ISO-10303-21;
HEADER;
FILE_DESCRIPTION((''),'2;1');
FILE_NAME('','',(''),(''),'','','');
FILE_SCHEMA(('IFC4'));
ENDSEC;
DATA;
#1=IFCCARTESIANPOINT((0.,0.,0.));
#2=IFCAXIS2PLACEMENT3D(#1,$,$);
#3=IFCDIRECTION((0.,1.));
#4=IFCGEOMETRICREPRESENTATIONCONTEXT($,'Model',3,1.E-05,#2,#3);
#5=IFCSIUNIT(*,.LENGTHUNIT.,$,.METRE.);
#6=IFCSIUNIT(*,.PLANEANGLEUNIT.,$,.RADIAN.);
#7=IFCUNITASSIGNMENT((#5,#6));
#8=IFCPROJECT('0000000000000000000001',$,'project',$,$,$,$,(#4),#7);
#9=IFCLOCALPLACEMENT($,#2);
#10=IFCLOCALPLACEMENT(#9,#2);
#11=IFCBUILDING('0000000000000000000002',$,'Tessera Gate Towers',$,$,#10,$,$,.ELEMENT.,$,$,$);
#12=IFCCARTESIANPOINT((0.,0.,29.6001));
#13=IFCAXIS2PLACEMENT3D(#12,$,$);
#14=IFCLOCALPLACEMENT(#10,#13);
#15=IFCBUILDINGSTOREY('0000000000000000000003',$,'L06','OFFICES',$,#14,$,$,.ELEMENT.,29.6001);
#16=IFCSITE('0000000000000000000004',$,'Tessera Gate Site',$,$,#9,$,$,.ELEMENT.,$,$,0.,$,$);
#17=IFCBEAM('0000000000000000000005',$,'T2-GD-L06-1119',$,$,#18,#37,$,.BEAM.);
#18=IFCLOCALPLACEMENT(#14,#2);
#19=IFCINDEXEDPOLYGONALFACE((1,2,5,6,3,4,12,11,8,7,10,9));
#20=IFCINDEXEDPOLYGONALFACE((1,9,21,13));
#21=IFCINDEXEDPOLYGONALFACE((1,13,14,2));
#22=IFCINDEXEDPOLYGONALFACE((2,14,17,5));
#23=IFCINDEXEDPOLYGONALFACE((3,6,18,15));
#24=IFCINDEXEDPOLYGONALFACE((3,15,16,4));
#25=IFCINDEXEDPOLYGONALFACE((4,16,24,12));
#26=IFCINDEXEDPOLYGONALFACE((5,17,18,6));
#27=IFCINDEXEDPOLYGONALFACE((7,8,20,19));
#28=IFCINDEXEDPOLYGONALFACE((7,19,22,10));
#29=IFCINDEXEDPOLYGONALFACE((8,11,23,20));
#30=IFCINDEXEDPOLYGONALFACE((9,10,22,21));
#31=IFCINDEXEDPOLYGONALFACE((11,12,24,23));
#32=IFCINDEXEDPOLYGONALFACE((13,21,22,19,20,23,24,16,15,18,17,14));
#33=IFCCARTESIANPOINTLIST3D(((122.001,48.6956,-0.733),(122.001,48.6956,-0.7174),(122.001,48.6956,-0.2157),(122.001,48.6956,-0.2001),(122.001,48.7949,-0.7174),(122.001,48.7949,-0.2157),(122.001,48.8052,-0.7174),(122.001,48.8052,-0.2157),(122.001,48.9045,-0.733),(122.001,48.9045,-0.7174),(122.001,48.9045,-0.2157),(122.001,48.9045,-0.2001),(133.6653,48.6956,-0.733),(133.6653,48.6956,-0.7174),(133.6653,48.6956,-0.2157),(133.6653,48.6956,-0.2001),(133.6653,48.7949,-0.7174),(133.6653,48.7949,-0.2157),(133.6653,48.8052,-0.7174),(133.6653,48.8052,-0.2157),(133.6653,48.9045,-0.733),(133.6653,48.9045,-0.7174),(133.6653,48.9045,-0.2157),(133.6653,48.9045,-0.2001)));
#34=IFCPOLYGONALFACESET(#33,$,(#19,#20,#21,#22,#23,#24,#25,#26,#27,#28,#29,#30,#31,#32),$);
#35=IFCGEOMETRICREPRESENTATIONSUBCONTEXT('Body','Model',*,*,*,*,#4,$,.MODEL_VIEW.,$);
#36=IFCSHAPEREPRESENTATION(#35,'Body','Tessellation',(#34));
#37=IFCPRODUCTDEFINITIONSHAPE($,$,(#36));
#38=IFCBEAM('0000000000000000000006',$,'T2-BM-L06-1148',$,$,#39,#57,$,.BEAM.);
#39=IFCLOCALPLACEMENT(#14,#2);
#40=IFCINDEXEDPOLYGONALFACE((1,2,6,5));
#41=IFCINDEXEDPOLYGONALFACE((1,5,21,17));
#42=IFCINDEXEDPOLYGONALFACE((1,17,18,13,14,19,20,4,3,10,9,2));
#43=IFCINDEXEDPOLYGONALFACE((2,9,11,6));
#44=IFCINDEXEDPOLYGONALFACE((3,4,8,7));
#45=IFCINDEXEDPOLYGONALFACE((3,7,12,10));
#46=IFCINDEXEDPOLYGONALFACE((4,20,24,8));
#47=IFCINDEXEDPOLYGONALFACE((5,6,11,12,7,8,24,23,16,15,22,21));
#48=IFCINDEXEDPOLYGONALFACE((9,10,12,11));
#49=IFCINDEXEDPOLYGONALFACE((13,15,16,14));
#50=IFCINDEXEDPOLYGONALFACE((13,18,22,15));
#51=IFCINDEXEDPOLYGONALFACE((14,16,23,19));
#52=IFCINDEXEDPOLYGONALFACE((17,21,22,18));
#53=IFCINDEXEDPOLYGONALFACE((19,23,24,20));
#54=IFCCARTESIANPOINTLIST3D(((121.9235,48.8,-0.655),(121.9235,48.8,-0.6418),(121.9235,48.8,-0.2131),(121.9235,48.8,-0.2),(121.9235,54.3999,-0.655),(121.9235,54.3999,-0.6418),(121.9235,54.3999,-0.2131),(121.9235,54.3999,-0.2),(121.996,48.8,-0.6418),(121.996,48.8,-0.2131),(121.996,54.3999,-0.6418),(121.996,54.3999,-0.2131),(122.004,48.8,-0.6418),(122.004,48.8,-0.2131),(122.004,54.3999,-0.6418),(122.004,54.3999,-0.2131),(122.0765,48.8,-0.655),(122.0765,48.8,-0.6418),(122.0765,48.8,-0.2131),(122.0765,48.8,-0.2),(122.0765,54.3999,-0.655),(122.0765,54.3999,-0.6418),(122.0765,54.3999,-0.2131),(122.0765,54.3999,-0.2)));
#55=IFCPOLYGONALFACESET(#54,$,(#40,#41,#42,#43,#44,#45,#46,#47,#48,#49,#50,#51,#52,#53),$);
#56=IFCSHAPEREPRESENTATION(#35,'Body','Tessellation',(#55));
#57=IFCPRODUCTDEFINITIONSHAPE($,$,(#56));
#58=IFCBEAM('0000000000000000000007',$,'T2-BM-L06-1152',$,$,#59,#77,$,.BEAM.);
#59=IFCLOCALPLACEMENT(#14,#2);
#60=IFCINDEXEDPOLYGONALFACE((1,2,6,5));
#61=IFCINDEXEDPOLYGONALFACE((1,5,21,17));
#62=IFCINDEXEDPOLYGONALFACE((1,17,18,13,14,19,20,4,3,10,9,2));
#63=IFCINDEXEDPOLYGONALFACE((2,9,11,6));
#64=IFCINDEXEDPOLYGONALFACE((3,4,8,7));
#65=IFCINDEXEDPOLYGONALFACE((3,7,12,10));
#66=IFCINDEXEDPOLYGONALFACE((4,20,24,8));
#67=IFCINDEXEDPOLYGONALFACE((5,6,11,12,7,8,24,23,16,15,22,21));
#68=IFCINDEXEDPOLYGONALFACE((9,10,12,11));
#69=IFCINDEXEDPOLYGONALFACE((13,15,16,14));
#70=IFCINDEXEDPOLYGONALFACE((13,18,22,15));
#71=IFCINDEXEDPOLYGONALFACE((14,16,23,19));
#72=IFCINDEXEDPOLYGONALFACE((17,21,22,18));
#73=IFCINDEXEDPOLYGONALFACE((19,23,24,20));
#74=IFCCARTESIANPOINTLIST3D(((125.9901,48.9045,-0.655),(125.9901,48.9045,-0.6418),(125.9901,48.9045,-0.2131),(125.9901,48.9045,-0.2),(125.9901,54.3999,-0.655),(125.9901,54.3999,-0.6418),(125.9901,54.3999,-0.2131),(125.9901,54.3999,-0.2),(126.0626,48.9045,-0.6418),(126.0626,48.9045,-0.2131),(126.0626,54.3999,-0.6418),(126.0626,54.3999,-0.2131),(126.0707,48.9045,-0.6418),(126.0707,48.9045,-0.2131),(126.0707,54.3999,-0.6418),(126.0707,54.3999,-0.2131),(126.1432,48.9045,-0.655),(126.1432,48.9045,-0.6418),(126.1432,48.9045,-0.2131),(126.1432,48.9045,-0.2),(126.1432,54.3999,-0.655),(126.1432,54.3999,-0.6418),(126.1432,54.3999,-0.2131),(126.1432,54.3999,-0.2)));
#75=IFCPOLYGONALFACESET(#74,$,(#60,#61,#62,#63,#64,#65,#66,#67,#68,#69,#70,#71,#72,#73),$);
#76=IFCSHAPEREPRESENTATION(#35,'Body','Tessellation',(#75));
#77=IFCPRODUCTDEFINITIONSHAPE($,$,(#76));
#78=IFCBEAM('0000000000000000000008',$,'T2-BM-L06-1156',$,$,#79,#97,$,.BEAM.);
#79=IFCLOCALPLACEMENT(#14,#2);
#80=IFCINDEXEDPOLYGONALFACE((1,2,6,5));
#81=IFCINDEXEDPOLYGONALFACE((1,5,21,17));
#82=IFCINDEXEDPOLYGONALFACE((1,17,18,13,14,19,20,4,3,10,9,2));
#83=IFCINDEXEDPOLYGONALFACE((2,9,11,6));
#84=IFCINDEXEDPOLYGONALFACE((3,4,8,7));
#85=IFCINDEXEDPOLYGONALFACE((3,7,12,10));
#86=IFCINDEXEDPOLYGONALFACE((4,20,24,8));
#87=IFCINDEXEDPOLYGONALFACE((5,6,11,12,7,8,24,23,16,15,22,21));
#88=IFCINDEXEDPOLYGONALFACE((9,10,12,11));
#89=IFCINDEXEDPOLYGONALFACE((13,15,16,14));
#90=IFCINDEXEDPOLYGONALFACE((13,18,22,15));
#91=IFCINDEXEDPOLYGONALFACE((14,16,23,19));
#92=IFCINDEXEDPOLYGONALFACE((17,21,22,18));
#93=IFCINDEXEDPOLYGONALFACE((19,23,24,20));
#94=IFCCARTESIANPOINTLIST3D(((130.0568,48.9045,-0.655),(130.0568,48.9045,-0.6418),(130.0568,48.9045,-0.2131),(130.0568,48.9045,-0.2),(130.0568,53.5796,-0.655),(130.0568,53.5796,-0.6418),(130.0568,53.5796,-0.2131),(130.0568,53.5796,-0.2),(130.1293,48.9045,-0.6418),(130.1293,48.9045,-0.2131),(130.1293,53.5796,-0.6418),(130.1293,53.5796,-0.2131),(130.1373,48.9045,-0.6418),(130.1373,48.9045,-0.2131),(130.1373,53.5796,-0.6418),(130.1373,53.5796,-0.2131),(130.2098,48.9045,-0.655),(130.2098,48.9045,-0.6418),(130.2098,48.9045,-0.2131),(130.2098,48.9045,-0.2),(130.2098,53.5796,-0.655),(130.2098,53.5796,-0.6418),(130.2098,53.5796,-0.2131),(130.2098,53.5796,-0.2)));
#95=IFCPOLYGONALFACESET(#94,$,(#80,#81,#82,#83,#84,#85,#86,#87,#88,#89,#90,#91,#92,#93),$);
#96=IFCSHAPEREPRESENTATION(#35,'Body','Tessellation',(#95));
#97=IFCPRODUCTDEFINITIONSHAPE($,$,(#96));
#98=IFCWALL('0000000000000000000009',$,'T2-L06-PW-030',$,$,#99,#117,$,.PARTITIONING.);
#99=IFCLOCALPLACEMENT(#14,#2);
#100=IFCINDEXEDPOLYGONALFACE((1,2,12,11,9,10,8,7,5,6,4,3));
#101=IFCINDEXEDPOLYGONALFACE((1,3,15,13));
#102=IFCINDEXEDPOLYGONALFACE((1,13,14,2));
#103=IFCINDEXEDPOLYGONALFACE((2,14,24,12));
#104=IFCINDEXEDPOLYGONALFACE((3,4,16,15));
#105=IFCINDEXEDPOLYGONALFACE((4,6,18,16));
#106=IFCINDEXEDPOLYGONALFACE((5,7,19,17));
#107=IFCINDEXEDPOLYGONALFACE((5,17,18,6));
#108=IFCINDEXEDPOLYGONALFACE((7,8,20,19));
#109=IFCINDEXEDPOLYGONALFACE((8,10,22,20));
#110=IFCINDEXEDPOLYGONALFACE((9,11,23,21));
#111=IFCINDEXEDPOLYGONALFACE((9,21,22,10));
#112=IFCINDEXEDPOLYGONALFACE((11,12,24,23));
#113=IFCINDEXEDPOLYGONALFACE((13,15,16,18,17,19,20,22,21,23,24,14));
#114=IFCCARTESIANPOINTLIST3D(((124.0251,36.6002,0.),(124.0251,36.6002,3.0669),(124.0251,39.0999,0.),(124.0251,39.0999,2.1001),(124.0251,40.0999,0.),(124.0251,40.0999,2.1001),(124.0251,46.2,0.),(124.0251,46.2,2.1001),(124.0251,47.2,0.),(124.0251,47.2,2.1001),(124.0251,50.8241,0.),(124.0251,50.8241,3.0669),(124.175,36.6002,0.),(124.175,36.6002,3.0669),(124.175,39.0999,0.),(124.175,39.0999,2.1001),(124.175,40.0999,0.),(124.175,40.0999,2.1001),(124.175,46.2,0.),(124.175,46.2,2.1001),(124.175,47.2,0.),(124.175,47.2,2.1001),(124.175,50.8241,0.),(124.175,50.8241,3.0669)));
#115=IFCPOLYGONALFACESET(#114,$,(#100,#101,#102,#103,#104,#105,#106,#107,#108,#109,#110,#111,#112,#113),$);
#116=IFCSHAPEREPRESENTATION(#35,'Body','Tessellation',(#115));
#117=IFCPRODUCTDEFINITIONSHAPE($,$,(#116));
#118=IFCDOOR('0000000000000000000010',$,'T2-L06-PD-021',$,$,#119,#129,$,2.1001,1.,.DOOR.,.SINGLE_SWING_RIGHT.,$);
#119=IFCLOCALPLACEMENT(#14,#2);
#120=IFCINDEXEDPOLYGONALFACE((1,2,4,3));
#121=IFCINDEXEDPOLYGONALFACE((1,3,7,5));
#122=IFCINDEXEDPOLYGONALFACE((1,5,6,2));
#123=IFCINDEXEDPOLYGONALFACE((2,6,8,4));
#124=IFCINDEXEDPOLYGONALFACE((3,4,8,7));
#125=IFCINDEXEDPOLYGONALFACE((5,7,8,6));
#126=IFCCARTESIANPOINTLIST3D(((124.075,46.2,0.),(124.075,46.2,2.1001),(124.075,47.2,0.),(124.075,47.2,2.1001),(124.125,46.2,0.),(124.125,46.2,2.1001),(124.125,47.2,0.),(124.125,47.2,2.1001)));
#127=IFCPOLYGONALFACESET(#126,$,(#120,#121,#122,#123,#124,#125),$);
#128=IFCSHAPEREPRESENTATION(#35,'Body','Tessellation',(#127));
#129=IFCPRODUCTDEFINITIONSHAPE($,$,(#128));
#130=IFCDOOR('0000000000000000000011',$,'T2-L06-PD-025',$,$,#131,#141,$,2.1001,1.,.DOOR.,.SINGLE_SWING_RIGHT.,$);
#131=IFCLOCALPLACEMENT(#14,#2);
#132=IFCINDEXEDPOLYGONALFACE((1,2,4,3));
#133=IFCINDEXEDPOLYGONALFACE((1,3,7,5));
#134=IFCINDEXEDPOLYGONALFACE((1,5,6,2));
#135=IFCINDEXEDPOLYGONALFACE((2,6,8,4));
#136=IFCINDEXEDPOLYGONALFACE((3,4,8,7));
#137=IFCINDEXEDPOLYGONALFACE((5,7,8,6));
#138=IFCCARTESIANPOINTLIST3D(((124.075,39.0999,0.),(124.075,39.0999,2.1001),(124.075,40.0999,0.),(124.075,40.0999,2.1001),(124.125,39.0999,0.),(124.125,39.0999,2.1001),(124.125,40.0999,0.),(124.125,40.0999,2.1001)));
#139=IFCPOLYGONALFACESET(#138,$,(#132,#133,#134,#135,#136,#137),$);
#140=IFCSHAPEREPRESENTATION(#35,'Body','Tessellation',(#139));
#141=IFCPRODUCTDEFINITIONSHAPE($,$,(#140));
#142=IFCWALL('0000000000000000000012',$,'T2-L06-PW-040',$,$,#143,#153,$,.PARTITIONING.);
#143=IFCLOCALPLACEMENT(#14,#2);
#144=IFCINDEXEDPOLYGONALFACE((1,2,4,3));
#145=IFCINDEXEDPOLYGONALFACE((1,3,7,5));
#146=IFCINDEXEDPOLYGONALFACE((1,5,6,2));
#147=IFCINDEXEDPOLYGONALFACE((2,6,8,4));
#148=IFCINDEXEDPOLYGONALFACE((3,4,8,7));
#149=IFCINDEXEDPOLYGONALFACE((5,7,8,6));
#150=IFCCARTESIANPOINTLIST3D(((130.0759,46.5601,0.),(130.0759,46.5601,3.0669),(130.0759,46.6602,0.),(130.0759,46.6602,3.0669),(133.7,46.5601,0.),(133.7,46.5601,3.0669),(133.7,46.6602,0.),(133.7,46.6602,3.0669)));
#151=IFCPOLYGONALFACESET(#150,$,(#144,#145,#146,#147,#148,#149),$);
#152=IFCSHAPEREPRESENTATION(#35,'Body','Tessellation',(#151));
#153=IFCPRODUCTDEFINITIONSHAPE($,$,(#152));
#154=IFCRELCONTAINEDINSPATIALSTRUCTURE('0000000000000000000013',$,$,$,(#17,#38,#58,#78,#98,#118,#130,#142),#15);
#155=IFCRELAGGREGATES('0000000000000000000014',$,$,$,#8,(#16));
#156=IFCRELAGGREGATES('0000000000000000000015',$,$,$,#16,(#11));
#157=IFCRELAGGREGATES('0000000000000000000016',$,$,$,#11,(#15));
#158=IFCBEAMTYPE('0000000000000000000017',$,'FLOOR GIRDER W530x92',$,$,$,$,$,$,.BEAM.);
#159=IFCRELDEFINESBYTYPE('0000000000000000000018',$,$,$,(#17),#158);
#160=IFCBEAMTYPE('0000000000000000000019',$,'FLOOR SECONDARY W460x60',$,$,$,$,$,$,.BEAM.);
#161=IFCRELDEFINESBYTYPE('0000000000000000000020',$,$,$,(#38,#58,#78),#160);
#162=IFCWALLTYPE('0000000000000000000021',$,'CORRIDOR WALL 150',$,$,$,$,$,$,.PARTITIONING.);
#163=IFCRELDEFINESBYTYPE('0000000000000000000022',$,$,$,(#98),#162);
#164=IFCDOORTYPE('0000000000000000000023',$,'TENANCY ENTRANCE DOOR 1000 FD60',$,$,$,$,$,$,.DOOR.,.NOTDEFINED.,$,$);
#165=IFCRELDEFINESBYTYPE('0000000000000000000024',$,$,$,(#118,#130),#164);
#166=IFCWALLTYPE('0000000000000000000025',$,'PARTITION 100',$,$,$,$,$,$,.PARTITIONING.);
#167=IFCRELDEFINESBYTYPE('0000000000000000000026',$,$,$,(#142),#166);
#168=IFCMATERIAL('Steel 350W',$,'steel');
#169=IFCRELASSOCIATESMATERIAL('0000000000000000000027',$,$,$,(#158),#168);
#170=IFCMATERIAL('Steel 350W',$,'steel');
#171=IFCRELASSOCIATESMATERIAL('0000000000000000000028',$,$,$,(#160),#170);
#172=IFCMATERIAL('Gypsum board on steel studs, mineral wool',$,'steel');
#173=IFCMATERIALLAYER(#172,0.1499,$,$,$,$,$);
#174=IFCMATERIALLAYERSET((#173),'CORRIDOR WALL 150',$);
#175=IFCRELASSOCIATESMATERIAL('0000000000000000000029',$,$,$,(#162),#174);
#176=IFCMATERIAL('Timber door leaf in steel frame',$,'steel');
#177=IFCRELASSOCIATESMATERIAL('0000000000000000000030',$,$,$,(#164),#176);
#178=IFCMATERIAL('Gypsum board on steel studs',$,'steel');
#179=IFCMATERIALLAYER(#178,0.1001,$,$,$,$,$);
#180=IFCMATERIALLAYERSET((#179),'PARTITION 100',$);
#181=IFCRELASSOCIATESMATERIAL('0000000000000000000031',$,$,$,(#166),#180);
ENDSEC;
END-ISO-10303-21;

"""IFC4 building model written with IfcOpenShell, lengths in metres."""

from ifc_helpers import new_model, si_unit, direction, frame, frame_2d, origin, origin_2d, place, context, subcontext, project, spatial, rectangle, i_section, extrude, source, transform, mapped, material, layer, layer_set, material_profile, profile_set, type_object, element, fill, save


model = new_model("IFC4")

# Units and contexts
model_context = context("Model", 3, precision=1e-05, world=origin(), true_north=direction((0.0, 1.0)))
body_context = subcontext(model_context, "Body", "Model", "MODEL_VIEW")
ifc_project = project(units=[si_unit("LENGTHUNIT", "METRE"), si_unit("PLANEANGLEUNIT", "RADIAN")], contexts=[model_context])

# Site, building, storey
site_placement = place(None, origin())
site = spatial("IfcSite", under=ifc_project, at=site_placement, Name="Tessera Gate Site", CompositionType="ELEMENT", RefElevation=0.0)
building_placement = place(site_placement, origin())
building = spatial("IfcBuilding", under=site, at=building_placement, Name="Tessera Gate Towers", CompositionType="ELEMENT")
storey_placement = place(building_placement, frame((0.0, 0.0, 29.6001)))
storey = spatial("IfcBuildingStorey", under=building, at=storey_placement, Name="L06", Description="OFFICES", CompositionType="ELEMENT", Elevation=29.6001)

# Beams
ifc_material_1 = material(Name="Steel 350W", Category="steel")
ifc_material_profile_1 = material_profile(ifc_material_1, i_section(OverallWidth=0.209, OverallDepth=0.533, WebThickness=0.0103, FlangeThickness=0.0156, at=origin_2d()), Name="W530x92")
ifc_profile_set_1 = profile_set([ifc_material_profile_1], Name="Steel 350W")
beam_type_1 = type_object("IfcBeamType", Name="FLOOR GIRDER W530x92", PredefinedType="BEAM", material=ifc_profile_set_1)
beam_1_placement = place(storey_placement, frame((122.001, 48.8, -0.4666), z_axis=(1.0, 0.0, 0.0), x_axis=(0.0, 1.0, 0.0)))
element("IfcBeam", 1, at=beam_1_placement, inside=storey, type_object=beam_type_1, Name="T2-GD-L06-1119", PredefinedType="BEAM", context=body_context, shape_type="SweptSolid", body=[
    extrude(i_section(OverallWidth=0.209, OverallDepth=0.533, WebThickness=0.0103, FlangeThickness=0.0156, at=origin_2d()), origin(), (0.0, 0.0, 1.0), 11.6643),
])
ifc_material_2 = material(Name="Steel 350W", Category="steel")
ifc_material_profile_2 = material_profile(ifc_material_2, i_section(OverallWidth=0.1531, OverallDepth=0.4551, WebThickness=0.0081, FlangeThickness=0.0132, at=origin_2d()), Name="W460x60")
ifc_profile_set_2 = profile_set([ifc_material_profile_2], Name="Steel 350W")
beam_type_2 = type_object("IfcBeamType", Name="FLOOR SECONDARY W460x60", PredefinedType="BEAM", material=ifc_profile_set_2)
beam_2_placement = place(storey_placement, frame((122.0, 48.8, -0.4275), z_axis=(0.0, 1.0, 0.0), x_axis=(-1.0, 0.0, 0.0)))
element("IfcBeam", 2, at=beam_2_placement, inside=storey, type_object=beam_type_2, Name="T2-BM-L06-1148", PredefinedType="BEAM", context=body_context, shape_type="SweptSolid", body=[
    extrude(i_section(OverallWidth=0.1531, OverallDepth=0.4551, WebThickness=0.0081, FlangeThickness=0.0132, at=origin_2d()), origin(), (0.0, 0.0, 1.0), 5.5999),
])
beam_3_placement = place(storey_placement, frame((126.0667, 48.9045, -0.4275), z_axis=(0.0, 1.0, 0.0), x_axis=(-1.0, 0.0, 0.0)))
element("IfcBeam", 3, at=beam_3_placement, inside=storey, type_object=beam_type_2, Name="T2-BM-L06-1152", PredefinedType="BEAM", context=body_context, shape_type="SweptSolid", body=[
    extrude(i_section(OverallWidth=0.1531, OverallDepth=0.4551, WebThickness=0.0081, FlangeThickness=0.0132, at=origin_2d()), origin(), (0.0, 0.0, 1.0), 5.4954),
])
beam_4_placement = place(storey_placement, frame((130.1333, 48.9045, -0.4275), z_axis=(0.0, 1.0, 0.0), x_axis=(-1.0, 0.0, 0.0)))
element("IfcBeam", 4, at=beam_4_placement, inside=storey, type_object=beam_type_2, Name="T2-BM-L06-1156", PredefinedType="BEAM", context=body_context, shape_type="SweptSolid", body=[
    extrude(i_section(OverallWidth=0.1531, OverallDepth=0.4551, WebThickness=0.0081, FlangeThickness=0.0132, at=origin_2d()), origin(), (0.0, 0.0, 1.0), 4.675),
])

# Wall, openings, doors
ifc_material_3 = material(Name="Gypsum board on steel studs, mineral wool", Category="steel")
ifc_layer_1 = layer(ifc_material_3, 0.1499)
ifc_layer_set_1 = layer_set([ifc_layer_1], Name="CORRIDOR WALL 150")
wall_type_1 = type_object("IfcWallType", Name="CORRIDOR WALL 150", PredefinedType="PARTITIONING", material=ifc_layer_set_1)
wall_1_placement = place(storey_placement, frame((124.1001, 50.824, 0.0), z_axis=(0.0, 0.0, 1.0), x_axis=(0.0, -1.0, 0.0)))
wall_1 = element("IfcWall", 5, at=wall_1_placement, inside=storey, type_object=wall_type_1, Name="T2-L06-PW-030", PredefinedType="PARTITIONING", context=body_context, shape_type="SweptSolid", body=[
    extrude(rectangle(XDim=14.2239, YDim=0.1499, at=frame_2d((7.1118, 0.0))), origin(), (0.0, 0.0, 1.0), 3.0669),
])
shared_shape_1 = source(origin(), body_context, "Body", "SweptSolid", [
    extrude(rectangle(XDim=1.0, YDim=2.1001, at=frame_2d((0.5, 1.05))), frame((0.0, 0.085, 0.0), z_axis=(0.0, -1.0, 0.0), x_axis=(1.0, 0.0, 0.0)), (0.0, 0.0, 1.0), 0.1699),
])
opening_1_placement = place(wall_1_placement, frame((3.624, 0.0, 0.0)))
opening_1 = element("IfcOpeningElement", 6, at=opening_1_placement, cuts=wall_1, PredefinedType="OPENING", context=body_context, shape_type="MappedRepresentation", body=[
    mapped(shared_shape_1, transform((0.0, 0.0, 0.0), scale=1.0)),
])
opening_2_placement = place(wall_1_placement, frame((10.7241, 0.0, 0.0)))
opening_2 = element("IfcOpeningElement", 7, at=opening_2_placement, cuts=wall_1, PredefinedType="OPENING", context=body_context, shape_type="MappedRepresentation", body=[
    mapped(shared_shape_1, transform((0.0, 0.0, 0.0), scale=1.0)),
])
ifc_material_4 = material(Name="Timber door leaf in steel frame", Category="steel")
door_type_1 = type_object("IfcDoorType", Name="TENANCY ENTRANCE DOOR 1000 FD60", OperationType="NOTDEFINED", PredefinedType="DOOR", material=ifc_material_4)
shared_shape_2 = source(origin(), body_context, "Body", "SweptSolid", [
    extrude(rectangle(XDim=1.0, YDim=2.1001, at=frame_2d((0.5, 1.05))), frame((0.0, 0.0249, 0.0), z_axis=(0.0, -1.0, 0.0), x_axis=(1.0, 0.0, 0.0)), (0.0, 0.0, 1.0), 0.05),
])
door_1_placement = place(opening_1_placement, origin())
door_1 = element("IfcDoor", 8, at=door_1_placement, inside=storey, type_object=door_type_1, Name="T2-L06-PD-021", OperationType="SINGLE_SWING_RIGHT", OverallHeight=2.1001, OverallWidth=1.0, PredefinedType="DOOR", context=body_context, shape_type="MappedRepresentation", body=[
    mapped(shared_shape_2, transform((0.0, 0.0, 0.0), scale=1.0)),
])
fill(opening_1, door_1)
door_2_placement = place(opening_2_placement, origin())
door_2 = element("IfcDoor", 9, at=door_2_placement, inside=storey, type_object=door_type_1, Name="T2-L06-PD-025", OperationType="SINGLE_SWING_RIGHT", OverallHeight=2.1001, OverallWidth=1.0, PredefinedType="DOOR", context=body_context, shape_type="MappedRepresentation", body=[
    mapped(shared_shape_2, transform((0.0, 0.0, 0.0), scale=1.0)),
])
fill(opening_2, door_2)

# Wall
ifc_material_5 = material(Name="Gypsum board on steel studs", Category="steel")
ifc_layer_2 = layer(ifc_material_5, 0.1001)
ifc_layer_set_2 = layer_set([ifc_layer_2], Name="PARTITION 100")
wall_type_2 = type_object("IfcWallType", Name="PARTITION 100", PredefinedType="PARTITIONING", material=ifc_layer_set_2)
wall_2_placement = place(storey_placement, frame((130.0759, 46.6101, 0.0), z_axis=(0.0, 0.0, 1.0), x_axis=(1.0, 0.0, 0.0)))
element("IfcWall", 10, at=wall_2_placement, inside=storey, type_object=wall_type_2, Name="T2-L06-PW-040", PredefinedType="PARTITIONING", context=body_context, shape_type="SweptSolid", body=[
    extrude(rectangle(XDim=3.624, YDim=0.1001, at=frame_2d((1.812, 0.0))), origin(), (0.0, 0.0, 1.0), 3.0669),
])

save(model, "model.ifc")
